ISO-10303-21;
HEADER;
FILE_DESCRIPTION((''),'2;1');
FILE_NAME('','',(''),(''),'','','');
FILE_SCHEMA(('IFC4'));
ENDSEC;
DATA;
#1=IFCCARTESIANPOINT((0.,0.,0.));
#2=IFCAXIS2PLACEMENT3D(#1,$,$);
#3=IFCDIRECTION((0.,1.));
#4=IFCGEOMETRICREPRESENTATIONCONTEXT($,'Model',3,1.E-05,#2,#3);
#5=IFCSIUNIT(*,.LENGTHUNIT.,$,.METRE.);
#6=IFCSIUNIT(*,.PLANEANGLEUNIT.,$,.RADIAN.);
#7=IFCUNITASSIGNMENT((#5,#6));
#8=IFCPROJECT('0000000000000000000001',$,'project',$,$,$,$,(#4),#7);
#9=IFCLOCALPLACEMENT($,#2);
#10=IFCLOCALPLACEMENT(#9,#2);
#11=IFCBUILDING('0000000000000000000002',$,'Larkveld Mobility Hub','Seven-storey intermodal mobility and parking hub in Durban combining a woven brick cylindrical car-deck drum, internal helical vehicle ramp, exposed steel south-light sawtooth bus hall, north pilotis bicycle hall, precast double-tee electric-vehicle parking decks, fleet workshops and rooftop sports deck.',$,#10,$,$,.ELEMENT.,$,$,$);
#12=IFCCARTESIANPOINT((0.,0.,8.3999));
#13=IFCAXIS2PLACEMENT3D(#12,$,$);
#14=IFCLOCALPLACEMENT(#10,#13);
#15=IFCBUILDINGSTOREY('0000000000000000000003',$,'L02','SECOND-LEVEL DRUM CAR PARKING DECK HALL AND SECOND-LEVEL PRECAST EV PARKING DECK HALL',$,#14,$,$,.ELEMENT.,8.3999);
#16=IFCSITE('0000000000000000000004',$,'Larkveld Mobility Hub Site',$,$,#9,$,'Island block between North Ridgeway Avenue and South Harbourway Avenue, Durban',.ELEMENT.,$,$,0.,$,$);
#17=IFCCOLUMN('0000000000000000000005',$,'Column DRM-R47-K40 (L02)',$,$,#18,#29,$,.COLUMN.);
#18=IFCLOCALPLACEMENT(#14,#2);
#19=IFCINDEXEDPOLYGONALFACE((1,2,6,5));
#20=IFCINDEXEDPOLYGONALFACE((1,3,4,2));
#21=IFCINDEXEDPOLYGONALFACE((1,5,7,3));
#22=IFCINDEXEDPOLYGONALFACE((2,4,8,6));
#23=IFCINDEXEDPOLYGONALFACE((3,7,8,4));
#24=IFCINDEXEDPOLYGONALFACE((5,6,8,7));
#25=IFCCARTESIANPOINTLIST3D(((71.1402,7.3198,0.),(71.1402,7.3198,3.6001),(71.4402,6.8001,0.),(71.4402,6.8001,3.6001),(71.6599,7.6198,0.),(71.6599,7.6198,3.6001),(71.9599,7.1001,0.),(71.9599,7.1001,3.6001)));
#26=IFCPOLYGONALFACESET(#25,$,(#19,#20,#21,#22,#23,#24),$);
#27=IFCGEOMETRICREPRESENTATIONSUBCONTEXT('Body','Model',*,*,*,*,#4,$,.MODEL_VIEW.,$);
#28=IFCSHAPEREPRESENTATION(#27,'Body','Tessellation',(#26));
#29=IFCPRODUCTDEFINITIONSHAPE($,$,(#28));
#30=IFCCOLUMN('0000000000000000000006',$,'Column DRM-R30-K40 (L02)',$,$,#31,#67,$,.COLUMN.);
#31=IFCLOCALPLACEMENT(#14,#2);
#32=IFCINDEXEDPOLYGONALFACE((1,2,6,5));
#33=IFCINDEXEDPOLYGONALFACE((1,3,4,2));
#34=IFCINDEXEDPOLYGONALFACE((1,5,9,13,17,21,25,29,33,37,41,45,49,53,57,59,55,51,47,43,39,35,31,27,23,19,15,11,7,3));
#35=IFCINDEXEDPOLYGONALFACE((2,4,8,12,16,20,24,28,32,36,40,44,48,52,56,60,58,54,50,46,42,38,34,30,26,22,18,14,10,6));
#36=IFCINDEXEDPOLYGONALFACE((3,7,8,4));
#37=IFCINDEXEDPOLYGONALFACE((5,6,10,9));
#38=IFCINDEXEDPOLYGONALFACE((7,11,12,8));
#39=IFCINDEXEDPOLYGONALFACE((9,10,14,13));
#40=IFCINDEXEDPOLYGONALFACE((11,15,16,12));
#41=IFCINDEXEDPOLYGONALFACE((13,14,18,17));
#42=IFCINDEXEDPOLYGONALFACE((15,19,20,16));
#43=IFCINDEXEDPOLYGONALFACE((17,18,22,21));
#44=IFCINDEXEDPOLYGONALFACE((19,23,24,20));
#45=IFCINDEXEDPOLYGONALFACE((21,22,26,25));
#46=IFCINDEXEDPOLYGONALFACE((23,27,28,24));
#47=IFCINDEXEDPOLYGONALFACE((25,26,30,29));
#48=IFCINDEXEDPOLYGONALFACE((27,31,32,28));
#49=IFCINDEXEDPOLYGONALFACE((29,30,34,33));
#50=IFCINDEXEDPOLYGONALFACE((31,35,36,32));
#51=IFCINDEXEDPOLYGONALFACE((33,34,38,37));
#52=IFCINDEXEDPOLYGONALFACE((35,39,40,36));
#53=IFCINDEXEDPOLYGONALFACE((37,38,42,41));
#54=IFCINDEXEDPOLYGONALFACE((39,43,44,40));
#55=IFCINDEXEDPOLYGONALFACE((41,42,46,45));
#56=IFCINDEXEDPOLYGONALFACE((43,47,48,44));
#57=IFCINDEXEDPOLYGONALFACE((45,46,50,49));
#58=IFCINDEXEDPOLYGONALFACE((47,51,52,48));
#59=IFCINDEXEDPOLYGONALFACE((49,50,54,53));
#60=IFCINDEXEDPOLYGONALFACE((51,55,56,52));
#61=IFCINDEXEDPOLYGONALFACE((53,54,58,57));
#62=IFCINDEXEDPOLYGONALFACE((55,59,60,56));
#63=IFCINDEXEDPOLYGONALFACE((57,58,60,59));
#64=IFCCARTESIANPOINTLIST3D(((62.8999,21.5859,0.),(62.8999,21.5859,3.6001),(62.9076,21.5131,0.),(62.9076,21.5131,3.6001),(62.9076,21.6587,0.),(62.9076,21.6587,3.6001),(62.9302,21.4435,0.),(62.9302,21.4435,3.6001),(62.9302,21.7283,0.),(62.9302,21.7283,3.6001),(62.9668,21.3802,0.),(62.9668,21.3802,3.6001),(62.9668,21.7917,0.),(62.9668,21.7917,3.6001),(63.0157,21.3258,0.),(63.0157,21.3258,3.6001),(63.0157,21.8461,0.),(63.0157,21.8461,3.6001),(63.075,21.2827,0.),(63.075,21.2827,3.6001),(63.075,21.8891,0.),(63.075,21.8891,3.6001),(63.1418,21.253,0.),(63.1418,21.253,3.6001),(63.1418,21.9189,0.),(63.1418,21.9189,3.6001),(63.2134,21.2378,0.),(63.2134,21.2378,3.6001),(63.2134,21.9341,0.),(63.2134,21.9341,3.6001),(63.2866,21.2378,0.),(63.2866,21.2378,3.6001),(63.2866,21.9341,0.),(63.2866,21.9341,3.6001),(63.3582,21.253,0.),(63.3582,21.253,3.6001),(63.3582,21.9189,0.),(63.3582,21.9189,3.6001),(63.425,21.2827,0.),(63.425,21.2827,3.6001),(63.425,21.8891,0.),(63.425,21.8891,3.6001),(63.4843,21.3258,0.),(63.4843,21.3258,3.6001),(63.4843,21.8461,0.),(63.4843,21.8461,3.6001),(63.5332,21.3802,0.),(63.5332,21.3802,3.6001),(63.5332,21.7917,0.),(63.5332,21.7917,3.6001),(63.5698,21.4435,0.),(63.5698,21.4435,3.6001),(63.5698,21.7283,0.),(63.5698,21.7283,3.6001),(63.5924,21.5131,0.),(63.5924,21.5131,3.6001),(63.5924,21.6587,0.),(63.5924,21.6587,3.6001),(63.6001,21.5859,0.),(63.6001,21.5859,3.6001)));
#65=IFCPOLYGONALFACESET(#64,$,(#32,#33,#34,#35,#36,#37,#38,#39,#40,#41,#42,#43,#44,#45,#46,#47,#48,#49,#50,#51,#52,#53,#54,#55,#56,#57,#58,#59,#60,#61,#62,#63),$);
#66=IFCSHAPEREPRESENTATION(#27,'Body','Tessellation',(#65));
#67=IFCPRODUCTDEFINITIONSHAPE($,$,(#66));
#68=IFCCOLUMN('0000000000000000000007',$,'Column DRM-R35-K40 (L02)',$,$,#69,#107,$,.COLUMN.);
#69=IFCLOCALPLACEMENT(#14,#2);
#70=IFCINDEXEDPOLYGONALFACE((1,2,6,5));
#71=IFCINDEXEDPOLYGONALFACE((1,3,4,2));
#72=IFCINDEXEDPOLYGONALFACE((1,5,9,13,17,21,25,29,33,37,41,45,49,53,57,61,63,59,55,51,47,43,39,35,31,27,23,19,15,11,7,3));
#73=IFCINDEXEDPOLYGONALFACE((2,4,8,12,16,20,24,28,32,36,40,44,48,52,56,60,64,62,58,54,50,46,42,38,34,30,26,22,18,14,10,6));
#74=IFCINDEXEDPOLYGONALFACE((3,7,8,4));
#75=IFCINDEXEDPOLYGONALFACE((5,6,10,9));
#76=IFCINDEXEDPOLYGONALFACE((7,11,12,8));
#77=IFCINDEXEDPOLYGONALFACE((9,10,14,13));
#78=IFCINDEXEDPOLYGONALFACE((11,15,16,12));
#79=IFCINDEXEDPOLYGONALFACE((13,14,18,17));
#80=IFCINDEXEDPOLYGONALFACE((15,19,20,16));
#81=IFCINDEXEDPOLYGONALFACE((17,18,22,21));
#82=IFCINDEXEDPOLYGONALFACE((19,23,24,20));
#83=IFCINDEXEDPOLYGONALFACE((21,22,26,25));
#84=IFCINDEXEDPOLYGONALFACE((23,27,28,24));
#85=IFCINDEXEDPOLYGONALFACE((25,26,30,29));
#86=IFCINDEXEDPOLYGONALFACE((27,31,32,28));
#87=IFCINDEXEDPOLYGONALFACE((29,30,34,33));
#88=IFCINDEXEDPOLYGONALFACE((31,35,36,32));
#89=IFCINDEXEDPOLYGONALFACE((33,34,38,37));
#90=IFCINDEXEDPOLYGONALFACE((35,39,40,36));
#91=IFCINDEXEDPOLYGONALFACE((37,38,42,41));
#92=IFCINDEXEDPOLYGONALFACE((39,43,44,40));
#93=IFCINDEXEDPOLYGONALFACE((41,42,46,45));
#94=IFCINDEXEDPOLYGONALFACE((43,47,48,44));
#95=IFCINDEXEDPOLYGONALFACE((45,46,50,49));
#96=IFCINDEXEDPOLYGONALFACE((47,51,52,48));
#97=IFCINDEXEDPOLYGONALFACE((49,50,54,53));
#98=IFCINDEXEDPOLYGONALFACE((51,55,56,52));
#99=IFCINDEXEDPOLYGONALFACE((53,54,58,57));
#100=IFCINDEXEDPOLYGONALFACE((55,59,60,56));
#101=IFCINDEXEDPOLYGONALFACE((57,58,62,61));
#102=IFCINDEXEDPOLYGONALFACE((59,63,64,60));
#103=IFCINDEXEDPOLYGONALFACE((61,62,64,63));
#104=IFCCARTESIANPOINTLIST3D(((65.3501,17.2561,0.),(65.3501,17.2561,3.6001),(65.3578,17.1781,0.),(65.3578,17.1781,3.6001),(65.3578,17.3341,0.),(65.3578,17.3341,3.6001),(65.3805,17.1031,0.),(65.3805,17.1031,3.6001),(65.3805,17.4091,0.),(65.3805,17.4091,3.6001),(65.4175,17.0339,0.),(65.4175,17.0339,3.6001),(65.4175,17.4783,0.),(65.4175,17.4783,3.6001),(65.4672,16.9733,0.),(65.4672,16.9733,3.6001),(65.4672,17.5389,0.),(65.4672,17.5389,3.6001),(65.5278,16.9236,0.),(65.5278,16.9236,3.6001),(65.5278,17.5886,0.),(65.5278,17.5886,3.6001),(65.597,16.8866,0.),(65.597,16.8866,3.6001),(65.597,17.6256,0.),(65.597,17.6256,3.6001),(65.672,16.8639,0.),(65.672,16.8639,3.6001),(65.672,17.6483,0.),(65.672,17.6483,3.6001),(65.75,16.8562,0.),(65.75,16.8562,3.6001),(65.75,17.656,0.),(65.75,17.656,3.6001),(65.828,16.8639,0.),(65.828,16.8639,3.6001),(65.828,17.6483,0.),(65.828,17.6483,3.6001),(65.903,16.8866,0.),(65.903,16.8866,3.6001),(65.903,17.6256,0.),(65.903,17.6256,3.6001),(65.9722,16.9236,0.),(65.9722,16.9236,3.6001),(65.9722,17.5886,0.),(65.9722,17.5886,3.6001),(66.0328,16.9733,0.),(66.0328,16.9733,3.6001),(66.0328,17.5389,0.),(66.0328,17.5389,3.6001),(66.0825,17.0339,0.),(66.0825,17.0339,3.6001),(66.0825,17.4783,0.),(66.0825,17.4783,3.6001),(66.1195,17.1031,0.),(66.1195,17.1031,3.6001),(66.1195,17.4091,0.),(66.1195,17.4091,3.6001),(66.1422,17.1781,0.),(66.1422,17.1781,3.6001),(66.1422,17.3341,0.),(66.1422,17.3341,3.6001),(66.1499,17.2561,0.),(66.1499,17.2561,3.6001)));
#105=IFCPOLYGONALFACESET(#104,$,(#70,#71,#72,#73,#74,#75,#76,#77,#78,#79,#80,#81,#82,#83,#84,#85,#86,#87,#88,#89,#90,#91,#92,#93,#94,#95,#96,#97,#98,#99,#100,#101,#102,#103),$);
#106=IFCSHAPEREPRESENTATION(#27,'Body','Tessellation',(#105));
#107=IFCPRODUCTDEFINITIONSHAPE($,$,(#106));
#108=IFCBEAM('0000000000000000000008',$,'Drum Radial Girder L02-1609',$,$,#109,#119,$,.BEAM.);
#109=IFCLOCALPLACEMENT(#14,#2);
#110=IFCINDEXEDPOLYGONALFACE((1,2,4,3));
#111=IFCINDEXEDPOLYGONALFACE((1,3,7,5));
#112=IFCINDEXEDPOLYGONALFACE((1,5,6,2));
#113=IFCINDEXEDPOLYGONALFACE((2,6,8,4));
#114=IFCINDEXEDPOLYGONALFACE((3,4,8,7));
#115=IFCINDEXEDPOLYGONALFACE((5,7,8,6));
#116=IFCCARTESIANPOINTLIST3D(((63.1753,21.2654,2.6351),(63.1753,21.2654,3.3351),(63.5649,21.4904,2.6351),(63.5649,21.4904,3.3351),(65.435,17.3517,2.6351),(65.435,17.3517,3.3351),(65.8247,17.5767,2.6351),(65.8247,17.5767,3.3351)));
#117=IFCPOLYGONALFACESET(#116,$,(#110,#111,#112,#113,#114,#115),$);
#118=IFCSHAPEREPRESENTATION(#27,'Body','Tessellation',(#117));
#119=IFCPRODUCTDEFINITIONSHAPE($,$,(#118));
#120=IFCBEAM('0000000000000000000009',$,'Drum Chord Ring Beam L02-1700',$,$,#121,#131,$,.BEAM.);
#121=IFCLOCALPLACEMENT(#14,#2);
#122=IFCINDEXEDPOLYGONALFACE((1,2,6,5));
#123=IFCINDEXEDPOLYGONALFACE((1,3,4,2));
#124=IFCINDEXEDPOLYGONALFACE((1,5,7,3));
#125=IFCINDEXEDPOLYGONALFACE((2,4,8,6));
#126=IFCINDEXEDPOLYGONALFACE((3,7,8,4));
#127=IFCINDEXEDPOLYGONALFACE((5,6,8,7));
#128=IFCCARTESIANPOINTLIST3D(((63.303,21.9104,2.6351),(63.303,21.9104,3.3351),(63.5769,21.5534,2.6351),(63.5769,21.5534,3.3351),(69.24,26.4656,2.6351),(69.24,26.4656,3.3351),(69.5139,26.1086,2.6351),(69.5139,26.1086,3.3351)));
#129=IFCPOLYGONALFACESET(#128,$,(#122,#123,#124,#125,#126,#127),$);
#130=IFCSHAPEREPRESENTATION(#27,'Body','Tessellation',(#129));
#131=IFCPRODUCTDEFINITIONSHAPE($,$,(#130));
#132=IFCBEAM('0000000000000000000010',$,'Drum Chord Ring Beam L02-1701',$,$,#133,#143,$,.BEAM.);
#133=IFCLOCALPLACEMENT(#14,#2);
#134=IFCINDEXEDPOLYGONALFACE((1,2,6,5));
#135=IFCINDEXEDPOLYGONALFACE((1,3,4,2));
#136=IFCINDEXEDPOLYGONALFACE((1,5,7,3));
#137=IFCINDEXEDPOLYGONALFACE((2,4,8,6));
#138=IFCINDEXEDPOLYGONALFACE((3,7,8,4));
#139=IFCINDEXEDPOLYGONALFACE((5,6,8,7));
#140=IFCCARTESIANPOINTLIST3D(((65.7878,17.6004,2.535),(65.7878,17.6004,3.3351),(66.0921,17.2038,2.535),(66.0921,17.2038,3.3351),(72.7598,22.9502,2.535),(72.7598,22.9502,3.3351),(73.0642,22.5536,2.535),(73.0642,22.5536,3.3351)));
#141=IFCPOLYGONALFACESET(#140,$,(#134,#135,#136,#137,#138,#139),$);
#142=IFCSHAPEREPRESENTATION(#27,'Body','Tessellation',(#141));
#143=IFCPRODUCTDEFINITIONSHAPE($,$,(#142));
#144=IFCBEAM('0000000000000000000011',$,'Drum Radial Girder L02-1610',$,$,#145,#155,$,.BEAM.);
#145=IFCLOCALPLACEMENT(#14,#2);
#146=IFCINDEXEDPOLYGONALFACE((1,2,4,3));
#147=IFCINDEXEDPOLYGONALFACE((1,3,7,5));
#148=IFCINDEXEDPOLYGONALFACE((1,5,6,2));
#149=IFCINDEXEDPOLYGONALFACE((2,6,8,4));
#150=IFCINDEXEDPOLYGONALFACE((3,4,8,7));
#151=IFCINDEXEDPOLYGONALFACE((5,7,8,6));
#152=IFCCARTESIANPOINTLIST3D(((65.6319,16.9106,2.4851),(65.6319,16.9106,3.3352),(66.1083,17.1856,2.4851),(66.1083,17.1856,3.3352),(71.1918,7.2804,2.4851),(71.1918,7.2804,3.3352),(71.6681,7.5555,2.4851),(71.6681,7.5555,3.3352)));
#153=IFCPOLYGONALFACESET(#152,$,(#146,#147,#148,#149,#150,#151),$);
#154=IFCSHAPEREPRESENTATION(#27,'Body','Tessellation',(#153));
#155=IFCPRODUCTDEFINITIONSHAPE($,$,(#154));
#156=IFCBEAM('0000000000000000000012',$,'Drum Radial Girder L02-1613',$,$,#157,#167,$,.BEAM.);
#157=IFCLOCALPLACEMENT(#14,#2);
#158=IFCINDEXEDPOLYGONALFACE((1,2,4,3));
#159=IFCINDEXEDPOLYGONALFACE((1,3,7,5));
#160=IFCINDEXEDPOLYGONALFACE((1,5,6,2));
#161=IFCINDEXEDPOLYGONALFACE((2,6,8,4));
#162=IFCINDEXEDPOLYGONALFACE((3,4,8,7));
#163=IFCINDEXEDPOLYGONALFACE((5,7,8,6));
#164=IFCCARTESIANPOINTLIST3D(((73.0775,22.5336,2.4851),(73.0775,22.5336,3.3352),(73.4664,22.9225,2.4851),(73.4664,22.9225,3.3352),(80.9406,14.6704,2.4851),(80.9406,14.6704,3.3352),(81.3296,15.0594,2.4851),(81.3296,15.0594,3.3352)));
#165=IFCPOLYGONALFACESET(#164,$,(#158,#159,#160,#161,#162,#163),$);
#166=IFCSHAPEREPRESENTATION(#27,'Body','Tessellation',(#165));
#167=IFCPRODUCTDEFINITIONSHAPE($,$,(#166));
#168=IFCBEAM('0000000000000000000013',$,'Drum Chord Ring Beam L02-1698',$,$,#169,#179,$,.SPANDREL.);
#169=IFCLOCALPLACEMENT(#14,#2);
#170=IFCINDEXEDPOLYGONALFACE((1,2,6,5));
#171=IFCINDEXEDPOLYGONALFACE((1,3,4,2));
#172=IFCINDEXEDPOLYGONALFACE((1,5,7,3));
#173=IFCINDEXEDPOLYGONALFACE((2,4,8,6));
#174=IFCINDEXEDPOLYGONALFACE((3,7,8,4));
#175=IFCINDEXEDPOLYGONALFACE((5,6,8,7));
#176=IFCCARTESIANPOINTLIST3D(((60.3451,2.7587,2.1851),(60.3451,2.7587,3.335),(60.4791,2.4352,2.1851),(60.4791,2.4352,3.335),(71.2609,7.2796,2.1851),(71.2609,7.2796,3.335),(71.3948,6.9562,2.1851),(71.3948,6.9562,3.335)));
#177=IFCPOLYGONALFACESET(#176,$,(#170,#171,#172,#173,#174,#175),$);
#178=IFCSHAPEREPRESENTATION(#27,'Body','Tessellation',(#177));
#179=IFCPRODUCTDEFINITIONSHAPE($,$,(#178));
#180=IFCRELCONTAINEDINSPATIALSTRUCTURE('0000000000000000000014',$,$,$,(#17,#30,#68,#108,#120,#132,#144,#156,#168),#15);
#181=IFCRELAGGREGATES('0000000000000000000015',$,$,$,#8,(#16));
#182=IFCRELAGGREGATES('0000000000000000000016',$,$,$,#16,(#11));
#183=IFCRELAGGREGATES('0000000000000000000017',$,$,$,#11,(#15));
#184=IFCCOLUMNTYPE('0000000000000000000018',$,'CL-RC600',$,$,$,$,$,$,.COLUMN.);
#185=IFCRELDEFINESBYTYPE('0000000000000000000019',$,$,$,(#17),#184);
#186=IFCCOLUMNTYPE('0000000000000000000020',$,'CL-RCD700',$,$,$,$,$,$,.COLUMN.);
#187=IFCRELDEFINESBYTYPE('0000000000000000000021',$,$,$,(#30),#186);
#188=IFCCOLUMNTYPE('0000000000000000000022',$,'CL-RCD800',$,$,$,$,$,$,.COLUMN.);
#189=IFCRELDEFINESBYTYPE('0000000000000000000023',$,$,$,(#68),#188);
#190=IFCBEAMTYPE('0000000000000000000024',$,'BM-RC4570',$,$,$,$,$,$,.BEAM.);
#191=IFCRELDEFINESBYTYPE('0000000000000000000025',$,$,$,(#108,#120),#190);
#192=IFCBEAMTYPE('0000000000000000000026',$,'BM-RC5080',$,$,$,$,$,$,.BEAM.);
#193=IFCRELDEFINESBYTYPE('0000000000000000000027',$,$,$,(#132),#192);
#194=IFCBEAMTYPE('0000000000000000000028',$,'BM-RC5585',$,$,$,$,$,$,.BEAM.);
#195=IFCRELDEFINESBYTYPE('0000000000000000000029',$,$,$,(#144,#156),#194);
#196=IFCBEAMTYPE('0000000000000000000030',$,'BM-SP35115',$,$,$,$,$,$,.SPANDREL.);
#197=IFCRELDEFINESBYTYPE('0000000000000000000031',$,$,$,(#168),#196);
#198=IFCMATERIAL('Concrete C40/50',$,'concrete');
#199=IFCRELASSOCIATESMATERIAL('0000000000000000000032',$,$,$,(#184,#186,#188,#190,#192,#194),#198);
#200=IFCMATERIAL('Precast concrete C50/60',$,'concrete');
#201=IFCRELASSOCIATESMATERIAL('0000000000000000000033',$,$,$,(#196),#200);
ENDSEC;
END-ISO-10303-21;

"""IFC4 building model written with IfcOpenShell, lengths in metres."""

from ifc_helpers import new_model, si_unit, direction, frame, origin, origin_2d, place, context, subcontext, project, spatial, rectangle, circle, extrude, material, material_profile, profile_set, type_object, element, save


model = new_model("IFC4")

# Units and contexts
model_context = context("Model", 3, precision=1e-05, world=origin(), true_north=direction((0.0, 1.0)))
body_context = subcontext(model_context, "Body", "Model", "MODEL_VIEW")
ifc_project = project(units=[si_unit("LENGTHUNIT", "METRE"), si_unit("PLANEANGLEUNIT", "RADIAN")], contexts=[model_context])

# Site, building, storey
site_placement = place(None, origin())
site = spatial("IfcSite", under=ifc_project, at=site_placement, Name="Larkveld Mobility Hub Site", LongName="Island block between North Ridgeway Avenue and South Harbourway Avenue, Durban", CompositionType="ELEMENT", RefElevation=0.0)
building_placement = place(site_placement, origin())
building = spatial("IfcBuilding", under=site, at=building_placement, Name="Larkveld Mobility Hub", Description="Seven-storey intermodal mobility and parking hub in Durban combining a woven brick cylindrical car-deck drum, internal helical vehicle ramp, exposed steel south-light sawtooth bus hall, north pilotis bicycle hall, precast double-tee electric-vehicle parking decks, fleet workshops and rooftop sports deck.", CompositionType="ELEMENT")
storey_placement = place(building_placement, frame((0.0, 0.0, 8.3999)))
storey = spatial("IfcBuildingStorey", under=building, at=storey_placement, Name="L02", Description="SECOND-LEVEL DRUM CAR PARKING DECK HALL AND SECOND-LEVEL PRECAST EV PARKING DECK HALL", CompositionType="ELEMENT", Elevation=8.3999)

# Columns
ifc_material_1 = material(Name="Concrete C40/50", Category="concrete")
ifc_material_profile_1 = material_profile(ifc_material_1, rectangle(XDim=0.6001, YDim=0.6001, at=origin_2d()), Name="RC COL 600x600")
ifc_profile_set_1 = profile_set([ifc_material_profile_1], Name="Concrete C40/50")
column_type_1 = type_object("IfcColumnType", Name="CL-RC600", PredefinedType="COLUMN", material=ifc_profile_set_1)
column_1_placement = place(storey_placement, frame((71.55, 7.21, 0.0), z_axis=(0.0, 0.0, 1.0), x_axis=(-0.5, 0.866025, 0.0)))
element("IfcColumn", 1, at=column_1_placement, inside=storey, type_object=column_type_1, Name="Column DRM-R47-K40 (L02)", PredefinedType="COLUMN", context=body_context, shape_type="SweptSolid", body=[
    extrude(rectangle(XDim=0.6001, YDim=0.6001, at=origin_2d()), origin(), (0.0, 0.0, 1.0), 3.6001),
])
ifc_material_profile_2 = material_profile(ifc_material_1, circle(Radius=0.3501, at=origin_2d()), Name="RC COL D700")
ifc_profile_set_2 = profile_set([ifc_material_profile_2], Name="Concrete C40/50")
column_type_2 = type_object("IfcColumnType", Name="CL-RCD700", PredefinedType="COLUMN", material=ifc_profile_set_2)
column_2_placement = place(storey_placement, frame((63.25, 21.5859, 0.0), z_axis=(0.0, 0.0, 1.0), x_axis=(1.0, 0.0, 0.0)))
element("IfcColumn", 2, at=column_2_placement, inside=storey, type_object=column_type_2, Name="Column DRM-R30-K40 (L02)", PredefinedType="COLUMN", context=body_context, shape_type="SweptSolid", body=[
    extrude(circle(Radius=0.3501, at=origin_2d()), origin(), (0.0, 0.0, 1.0), 3.6001),
])
ifc_material_profile_3 = material_profile(ifc_material_1, circle(Radius=0.3999, at=origin_2d()), Name="RC COL D800")
ifc_profile_set_3 = profile_set([ifc_material_profile_3], Name="Concrete C40/50")
column_type_3 = type_object("IfcColumnType", Name="CL-RCD800", PredefinedType="COLUMN", material=ifc_profile_set_3)
column_3_placement = place(storey_placement, frame((65.75, 17.2561, 0.0), z_axis=(0.0, 0.0, 1.0), x_axis=(1.0, 0.0, 0.0)))
element("IfcColumn", 3, at=column_3_placement, inside=storey, type_object=column_type_3, Name="Column DRM-R35-K40 (L02)", PredefinedType="COLUMN", context=body_context, shape_type="SweptSolid", body=[
    extrude(circle(Radius=0.3999, at=origin_2d()), origin(), (0.0, 0.0, 1.0), 3.6001),
])

# Beams
ifc_material_profile_4 = material_profile(ifc_material_1, rectangle(XDim=0.45, YDim=0.7, at=origin_2d()), Name="RC BM 450x700")
ifc_profile_set_4 = profile_set([ifc_material_profile_4], Name="Concrete C40/50")
beam_type_1 = type_object("IfcBeamType", Name="BM-RC4570", PredefinedType="BEAM", material=ifc_profile_set_4)
beam_1_placement = place(storey_placement, frame((63.3701, 21.3779, 2.9851), z_axis=(0.50002, -0.866014, 0.0), x_axis=(0.866014, 0.50002, 0.0)))
element("IfcBeam", 4, at=beam_1_placement, inside=storey, type_object=beam_type_1, Name="Drum Radial Girder L02-1609", PredefinedType="BEAM", context=body_context, shape_type="SweptSolid", body=[
    extrude(rectangle(XDim=0.45, YDim=0.7, at=origin_2d()), origin(), (0.0, 0.0, 1.0), 4.5193),
])
beam_2_placement = place(storey_placement, frame((63.4399, 21.7319, 2.9851), z_axis=(0.793383, 0.608723, 0.0), x_axis=(-0.608723, 0.793383, 0.0)))
element("IfcBeam", 5, at=beam_2_placement, inside=storey, type_object=beam_type_1, Name="Drum Chord Ring Beam L02-1700", PredefinedType="BEAM", context=body_context, shape_type="SweptSolid", body=[
    extrude(rectangle(XDim=0.45, YDim=0.7, at=origin_2d()), origin(), (0.0, 0.0, 1.0), 7.4832),
])
ifc_material_profile_5 = material_profile(ifc_material_1, rectangle(XDim=0.5, YDim=0.8, at=origin_2d()), Name="RC BM 500x800")
ifc_profile_set_5 = profile_set([ifc_material_profile_5], Name="Concrete C40/50")
beam_type_2 = type_object("IfcBeamType", Name="BM-RC5080", PredefinedType="BEAM", material=ifc_profile_set_5)
beam_3_placement = place(storey_placement, frame((65.9399, 17.4021, 2.9351), z_axis=(0.793358, 0.608756, 0.0), x_axis=(-0.608756, 0.793358, 0.0)))
element("IfcBeam", 6, at=beam_3_placement, inside=storey, type_object=beam_type_2, Name="Drum Chord Ring Beam L02-1701", PredefinedType="BEAM", context=body_context, shape_type="SweptSolid", body=[
    extrude(rectangle(XDim=0.5, YDim=0.8, at=origin_2d()), origin(), (0.0, 0.0, 1.0), 8.7881),
])
ifc_material_profile_6 = material_profile(ifc_material_1, rectangle(XDim=0.55, YDim=0.8501, at=origin_2d()), Name="RC BM 550x850")
ifc_profile_set_6 = profile_set([ifc_material_profile_6], Name="Concrete C40/50")
beam_type_3 = type_object("IfcBeamType", Name="BM-RC5585", PredefinedType="BEAM", material=ifc_profile_set_6)
beam_4_placement = place(storey_placement, frame((65.8701, 17.0481, 2.9102), z_axis=(0.49999, -0.866031, 0.0), x_axis=(0.866031, 0.49999, 0.0)))
element("IfcBeam", 7, at=beam_4_placement, inside=storey, type_object=beam_type_3, Name="Drum Radial Girder L02-1610", PredefinedType="BEAM", context=body_context, shape_type="SweptSolid", body=[
    extrude(rectangle(XDim=0.55, YDim=0.8501, at=origin_2d()), origin(), (0.0, 0.0, 1.0), 11.1199),
])
beam_5_placement = place(storey_placement, frame((73.272, 22.728, 2.9102), z_axis=(0.707107, -0.707107, 0.0), x_axis=(0.707107, 0.707107, 0.0)))
element("IfcBeam", 8, at=beam_5_placement, inside=storey, type_object=beam_type_3, Name="Drum Radial Girder L02-1613", PredefinedType="BEAM", context=body_context, shape_type="SweptSolid", body=[
    extrude(rectangle(XDim=0.55, YDim=0.8501, at=origin_2d()), origin(), (0.0, 0.0, 1.0), 11.1201),
])
ifc_material_2 = material(Name="Precast concrete C50/60", Category="concrete")
ifc_material_profile_7 = material_profile(ifc_material_2, rectangle(XDim=0.3501, YDim=1.1499, at=origin_2d()), Name="PC SP 350x1150")
ifc_profile_set_7 = profile_set([ifc_material_profile_7], Name="Precast concrete C50/60")
beam_type_4 = type_object("IfcBeamType", Name="BM-SP35115", PredefinedType="SPANDREL", material=ifc_profile_set_7)
beam_6_placement = place(storey_placement, frame((60.4121, 2.5969, 2.76), z_axis=(0.923893, 0.38265, 0.0), x_axis=(-0.38265, 0.923893, 0.0)))
element("IfcBeam", 9, at=beam_6_placement, inside=storey, type_object=beam_type_4, Name="Drum Chord Ring Beam L02-1698", PredefinedType="SPANDREL", context=body_context, shape_type="SweptSolid", body=[
    extrude(rectangle(XDim=0.3501, YDim=1.1499, at=origin_2d()), origin(), (0.0, 0.0, 1.0), 11.8149),
])

save(model, "model.ifc")
